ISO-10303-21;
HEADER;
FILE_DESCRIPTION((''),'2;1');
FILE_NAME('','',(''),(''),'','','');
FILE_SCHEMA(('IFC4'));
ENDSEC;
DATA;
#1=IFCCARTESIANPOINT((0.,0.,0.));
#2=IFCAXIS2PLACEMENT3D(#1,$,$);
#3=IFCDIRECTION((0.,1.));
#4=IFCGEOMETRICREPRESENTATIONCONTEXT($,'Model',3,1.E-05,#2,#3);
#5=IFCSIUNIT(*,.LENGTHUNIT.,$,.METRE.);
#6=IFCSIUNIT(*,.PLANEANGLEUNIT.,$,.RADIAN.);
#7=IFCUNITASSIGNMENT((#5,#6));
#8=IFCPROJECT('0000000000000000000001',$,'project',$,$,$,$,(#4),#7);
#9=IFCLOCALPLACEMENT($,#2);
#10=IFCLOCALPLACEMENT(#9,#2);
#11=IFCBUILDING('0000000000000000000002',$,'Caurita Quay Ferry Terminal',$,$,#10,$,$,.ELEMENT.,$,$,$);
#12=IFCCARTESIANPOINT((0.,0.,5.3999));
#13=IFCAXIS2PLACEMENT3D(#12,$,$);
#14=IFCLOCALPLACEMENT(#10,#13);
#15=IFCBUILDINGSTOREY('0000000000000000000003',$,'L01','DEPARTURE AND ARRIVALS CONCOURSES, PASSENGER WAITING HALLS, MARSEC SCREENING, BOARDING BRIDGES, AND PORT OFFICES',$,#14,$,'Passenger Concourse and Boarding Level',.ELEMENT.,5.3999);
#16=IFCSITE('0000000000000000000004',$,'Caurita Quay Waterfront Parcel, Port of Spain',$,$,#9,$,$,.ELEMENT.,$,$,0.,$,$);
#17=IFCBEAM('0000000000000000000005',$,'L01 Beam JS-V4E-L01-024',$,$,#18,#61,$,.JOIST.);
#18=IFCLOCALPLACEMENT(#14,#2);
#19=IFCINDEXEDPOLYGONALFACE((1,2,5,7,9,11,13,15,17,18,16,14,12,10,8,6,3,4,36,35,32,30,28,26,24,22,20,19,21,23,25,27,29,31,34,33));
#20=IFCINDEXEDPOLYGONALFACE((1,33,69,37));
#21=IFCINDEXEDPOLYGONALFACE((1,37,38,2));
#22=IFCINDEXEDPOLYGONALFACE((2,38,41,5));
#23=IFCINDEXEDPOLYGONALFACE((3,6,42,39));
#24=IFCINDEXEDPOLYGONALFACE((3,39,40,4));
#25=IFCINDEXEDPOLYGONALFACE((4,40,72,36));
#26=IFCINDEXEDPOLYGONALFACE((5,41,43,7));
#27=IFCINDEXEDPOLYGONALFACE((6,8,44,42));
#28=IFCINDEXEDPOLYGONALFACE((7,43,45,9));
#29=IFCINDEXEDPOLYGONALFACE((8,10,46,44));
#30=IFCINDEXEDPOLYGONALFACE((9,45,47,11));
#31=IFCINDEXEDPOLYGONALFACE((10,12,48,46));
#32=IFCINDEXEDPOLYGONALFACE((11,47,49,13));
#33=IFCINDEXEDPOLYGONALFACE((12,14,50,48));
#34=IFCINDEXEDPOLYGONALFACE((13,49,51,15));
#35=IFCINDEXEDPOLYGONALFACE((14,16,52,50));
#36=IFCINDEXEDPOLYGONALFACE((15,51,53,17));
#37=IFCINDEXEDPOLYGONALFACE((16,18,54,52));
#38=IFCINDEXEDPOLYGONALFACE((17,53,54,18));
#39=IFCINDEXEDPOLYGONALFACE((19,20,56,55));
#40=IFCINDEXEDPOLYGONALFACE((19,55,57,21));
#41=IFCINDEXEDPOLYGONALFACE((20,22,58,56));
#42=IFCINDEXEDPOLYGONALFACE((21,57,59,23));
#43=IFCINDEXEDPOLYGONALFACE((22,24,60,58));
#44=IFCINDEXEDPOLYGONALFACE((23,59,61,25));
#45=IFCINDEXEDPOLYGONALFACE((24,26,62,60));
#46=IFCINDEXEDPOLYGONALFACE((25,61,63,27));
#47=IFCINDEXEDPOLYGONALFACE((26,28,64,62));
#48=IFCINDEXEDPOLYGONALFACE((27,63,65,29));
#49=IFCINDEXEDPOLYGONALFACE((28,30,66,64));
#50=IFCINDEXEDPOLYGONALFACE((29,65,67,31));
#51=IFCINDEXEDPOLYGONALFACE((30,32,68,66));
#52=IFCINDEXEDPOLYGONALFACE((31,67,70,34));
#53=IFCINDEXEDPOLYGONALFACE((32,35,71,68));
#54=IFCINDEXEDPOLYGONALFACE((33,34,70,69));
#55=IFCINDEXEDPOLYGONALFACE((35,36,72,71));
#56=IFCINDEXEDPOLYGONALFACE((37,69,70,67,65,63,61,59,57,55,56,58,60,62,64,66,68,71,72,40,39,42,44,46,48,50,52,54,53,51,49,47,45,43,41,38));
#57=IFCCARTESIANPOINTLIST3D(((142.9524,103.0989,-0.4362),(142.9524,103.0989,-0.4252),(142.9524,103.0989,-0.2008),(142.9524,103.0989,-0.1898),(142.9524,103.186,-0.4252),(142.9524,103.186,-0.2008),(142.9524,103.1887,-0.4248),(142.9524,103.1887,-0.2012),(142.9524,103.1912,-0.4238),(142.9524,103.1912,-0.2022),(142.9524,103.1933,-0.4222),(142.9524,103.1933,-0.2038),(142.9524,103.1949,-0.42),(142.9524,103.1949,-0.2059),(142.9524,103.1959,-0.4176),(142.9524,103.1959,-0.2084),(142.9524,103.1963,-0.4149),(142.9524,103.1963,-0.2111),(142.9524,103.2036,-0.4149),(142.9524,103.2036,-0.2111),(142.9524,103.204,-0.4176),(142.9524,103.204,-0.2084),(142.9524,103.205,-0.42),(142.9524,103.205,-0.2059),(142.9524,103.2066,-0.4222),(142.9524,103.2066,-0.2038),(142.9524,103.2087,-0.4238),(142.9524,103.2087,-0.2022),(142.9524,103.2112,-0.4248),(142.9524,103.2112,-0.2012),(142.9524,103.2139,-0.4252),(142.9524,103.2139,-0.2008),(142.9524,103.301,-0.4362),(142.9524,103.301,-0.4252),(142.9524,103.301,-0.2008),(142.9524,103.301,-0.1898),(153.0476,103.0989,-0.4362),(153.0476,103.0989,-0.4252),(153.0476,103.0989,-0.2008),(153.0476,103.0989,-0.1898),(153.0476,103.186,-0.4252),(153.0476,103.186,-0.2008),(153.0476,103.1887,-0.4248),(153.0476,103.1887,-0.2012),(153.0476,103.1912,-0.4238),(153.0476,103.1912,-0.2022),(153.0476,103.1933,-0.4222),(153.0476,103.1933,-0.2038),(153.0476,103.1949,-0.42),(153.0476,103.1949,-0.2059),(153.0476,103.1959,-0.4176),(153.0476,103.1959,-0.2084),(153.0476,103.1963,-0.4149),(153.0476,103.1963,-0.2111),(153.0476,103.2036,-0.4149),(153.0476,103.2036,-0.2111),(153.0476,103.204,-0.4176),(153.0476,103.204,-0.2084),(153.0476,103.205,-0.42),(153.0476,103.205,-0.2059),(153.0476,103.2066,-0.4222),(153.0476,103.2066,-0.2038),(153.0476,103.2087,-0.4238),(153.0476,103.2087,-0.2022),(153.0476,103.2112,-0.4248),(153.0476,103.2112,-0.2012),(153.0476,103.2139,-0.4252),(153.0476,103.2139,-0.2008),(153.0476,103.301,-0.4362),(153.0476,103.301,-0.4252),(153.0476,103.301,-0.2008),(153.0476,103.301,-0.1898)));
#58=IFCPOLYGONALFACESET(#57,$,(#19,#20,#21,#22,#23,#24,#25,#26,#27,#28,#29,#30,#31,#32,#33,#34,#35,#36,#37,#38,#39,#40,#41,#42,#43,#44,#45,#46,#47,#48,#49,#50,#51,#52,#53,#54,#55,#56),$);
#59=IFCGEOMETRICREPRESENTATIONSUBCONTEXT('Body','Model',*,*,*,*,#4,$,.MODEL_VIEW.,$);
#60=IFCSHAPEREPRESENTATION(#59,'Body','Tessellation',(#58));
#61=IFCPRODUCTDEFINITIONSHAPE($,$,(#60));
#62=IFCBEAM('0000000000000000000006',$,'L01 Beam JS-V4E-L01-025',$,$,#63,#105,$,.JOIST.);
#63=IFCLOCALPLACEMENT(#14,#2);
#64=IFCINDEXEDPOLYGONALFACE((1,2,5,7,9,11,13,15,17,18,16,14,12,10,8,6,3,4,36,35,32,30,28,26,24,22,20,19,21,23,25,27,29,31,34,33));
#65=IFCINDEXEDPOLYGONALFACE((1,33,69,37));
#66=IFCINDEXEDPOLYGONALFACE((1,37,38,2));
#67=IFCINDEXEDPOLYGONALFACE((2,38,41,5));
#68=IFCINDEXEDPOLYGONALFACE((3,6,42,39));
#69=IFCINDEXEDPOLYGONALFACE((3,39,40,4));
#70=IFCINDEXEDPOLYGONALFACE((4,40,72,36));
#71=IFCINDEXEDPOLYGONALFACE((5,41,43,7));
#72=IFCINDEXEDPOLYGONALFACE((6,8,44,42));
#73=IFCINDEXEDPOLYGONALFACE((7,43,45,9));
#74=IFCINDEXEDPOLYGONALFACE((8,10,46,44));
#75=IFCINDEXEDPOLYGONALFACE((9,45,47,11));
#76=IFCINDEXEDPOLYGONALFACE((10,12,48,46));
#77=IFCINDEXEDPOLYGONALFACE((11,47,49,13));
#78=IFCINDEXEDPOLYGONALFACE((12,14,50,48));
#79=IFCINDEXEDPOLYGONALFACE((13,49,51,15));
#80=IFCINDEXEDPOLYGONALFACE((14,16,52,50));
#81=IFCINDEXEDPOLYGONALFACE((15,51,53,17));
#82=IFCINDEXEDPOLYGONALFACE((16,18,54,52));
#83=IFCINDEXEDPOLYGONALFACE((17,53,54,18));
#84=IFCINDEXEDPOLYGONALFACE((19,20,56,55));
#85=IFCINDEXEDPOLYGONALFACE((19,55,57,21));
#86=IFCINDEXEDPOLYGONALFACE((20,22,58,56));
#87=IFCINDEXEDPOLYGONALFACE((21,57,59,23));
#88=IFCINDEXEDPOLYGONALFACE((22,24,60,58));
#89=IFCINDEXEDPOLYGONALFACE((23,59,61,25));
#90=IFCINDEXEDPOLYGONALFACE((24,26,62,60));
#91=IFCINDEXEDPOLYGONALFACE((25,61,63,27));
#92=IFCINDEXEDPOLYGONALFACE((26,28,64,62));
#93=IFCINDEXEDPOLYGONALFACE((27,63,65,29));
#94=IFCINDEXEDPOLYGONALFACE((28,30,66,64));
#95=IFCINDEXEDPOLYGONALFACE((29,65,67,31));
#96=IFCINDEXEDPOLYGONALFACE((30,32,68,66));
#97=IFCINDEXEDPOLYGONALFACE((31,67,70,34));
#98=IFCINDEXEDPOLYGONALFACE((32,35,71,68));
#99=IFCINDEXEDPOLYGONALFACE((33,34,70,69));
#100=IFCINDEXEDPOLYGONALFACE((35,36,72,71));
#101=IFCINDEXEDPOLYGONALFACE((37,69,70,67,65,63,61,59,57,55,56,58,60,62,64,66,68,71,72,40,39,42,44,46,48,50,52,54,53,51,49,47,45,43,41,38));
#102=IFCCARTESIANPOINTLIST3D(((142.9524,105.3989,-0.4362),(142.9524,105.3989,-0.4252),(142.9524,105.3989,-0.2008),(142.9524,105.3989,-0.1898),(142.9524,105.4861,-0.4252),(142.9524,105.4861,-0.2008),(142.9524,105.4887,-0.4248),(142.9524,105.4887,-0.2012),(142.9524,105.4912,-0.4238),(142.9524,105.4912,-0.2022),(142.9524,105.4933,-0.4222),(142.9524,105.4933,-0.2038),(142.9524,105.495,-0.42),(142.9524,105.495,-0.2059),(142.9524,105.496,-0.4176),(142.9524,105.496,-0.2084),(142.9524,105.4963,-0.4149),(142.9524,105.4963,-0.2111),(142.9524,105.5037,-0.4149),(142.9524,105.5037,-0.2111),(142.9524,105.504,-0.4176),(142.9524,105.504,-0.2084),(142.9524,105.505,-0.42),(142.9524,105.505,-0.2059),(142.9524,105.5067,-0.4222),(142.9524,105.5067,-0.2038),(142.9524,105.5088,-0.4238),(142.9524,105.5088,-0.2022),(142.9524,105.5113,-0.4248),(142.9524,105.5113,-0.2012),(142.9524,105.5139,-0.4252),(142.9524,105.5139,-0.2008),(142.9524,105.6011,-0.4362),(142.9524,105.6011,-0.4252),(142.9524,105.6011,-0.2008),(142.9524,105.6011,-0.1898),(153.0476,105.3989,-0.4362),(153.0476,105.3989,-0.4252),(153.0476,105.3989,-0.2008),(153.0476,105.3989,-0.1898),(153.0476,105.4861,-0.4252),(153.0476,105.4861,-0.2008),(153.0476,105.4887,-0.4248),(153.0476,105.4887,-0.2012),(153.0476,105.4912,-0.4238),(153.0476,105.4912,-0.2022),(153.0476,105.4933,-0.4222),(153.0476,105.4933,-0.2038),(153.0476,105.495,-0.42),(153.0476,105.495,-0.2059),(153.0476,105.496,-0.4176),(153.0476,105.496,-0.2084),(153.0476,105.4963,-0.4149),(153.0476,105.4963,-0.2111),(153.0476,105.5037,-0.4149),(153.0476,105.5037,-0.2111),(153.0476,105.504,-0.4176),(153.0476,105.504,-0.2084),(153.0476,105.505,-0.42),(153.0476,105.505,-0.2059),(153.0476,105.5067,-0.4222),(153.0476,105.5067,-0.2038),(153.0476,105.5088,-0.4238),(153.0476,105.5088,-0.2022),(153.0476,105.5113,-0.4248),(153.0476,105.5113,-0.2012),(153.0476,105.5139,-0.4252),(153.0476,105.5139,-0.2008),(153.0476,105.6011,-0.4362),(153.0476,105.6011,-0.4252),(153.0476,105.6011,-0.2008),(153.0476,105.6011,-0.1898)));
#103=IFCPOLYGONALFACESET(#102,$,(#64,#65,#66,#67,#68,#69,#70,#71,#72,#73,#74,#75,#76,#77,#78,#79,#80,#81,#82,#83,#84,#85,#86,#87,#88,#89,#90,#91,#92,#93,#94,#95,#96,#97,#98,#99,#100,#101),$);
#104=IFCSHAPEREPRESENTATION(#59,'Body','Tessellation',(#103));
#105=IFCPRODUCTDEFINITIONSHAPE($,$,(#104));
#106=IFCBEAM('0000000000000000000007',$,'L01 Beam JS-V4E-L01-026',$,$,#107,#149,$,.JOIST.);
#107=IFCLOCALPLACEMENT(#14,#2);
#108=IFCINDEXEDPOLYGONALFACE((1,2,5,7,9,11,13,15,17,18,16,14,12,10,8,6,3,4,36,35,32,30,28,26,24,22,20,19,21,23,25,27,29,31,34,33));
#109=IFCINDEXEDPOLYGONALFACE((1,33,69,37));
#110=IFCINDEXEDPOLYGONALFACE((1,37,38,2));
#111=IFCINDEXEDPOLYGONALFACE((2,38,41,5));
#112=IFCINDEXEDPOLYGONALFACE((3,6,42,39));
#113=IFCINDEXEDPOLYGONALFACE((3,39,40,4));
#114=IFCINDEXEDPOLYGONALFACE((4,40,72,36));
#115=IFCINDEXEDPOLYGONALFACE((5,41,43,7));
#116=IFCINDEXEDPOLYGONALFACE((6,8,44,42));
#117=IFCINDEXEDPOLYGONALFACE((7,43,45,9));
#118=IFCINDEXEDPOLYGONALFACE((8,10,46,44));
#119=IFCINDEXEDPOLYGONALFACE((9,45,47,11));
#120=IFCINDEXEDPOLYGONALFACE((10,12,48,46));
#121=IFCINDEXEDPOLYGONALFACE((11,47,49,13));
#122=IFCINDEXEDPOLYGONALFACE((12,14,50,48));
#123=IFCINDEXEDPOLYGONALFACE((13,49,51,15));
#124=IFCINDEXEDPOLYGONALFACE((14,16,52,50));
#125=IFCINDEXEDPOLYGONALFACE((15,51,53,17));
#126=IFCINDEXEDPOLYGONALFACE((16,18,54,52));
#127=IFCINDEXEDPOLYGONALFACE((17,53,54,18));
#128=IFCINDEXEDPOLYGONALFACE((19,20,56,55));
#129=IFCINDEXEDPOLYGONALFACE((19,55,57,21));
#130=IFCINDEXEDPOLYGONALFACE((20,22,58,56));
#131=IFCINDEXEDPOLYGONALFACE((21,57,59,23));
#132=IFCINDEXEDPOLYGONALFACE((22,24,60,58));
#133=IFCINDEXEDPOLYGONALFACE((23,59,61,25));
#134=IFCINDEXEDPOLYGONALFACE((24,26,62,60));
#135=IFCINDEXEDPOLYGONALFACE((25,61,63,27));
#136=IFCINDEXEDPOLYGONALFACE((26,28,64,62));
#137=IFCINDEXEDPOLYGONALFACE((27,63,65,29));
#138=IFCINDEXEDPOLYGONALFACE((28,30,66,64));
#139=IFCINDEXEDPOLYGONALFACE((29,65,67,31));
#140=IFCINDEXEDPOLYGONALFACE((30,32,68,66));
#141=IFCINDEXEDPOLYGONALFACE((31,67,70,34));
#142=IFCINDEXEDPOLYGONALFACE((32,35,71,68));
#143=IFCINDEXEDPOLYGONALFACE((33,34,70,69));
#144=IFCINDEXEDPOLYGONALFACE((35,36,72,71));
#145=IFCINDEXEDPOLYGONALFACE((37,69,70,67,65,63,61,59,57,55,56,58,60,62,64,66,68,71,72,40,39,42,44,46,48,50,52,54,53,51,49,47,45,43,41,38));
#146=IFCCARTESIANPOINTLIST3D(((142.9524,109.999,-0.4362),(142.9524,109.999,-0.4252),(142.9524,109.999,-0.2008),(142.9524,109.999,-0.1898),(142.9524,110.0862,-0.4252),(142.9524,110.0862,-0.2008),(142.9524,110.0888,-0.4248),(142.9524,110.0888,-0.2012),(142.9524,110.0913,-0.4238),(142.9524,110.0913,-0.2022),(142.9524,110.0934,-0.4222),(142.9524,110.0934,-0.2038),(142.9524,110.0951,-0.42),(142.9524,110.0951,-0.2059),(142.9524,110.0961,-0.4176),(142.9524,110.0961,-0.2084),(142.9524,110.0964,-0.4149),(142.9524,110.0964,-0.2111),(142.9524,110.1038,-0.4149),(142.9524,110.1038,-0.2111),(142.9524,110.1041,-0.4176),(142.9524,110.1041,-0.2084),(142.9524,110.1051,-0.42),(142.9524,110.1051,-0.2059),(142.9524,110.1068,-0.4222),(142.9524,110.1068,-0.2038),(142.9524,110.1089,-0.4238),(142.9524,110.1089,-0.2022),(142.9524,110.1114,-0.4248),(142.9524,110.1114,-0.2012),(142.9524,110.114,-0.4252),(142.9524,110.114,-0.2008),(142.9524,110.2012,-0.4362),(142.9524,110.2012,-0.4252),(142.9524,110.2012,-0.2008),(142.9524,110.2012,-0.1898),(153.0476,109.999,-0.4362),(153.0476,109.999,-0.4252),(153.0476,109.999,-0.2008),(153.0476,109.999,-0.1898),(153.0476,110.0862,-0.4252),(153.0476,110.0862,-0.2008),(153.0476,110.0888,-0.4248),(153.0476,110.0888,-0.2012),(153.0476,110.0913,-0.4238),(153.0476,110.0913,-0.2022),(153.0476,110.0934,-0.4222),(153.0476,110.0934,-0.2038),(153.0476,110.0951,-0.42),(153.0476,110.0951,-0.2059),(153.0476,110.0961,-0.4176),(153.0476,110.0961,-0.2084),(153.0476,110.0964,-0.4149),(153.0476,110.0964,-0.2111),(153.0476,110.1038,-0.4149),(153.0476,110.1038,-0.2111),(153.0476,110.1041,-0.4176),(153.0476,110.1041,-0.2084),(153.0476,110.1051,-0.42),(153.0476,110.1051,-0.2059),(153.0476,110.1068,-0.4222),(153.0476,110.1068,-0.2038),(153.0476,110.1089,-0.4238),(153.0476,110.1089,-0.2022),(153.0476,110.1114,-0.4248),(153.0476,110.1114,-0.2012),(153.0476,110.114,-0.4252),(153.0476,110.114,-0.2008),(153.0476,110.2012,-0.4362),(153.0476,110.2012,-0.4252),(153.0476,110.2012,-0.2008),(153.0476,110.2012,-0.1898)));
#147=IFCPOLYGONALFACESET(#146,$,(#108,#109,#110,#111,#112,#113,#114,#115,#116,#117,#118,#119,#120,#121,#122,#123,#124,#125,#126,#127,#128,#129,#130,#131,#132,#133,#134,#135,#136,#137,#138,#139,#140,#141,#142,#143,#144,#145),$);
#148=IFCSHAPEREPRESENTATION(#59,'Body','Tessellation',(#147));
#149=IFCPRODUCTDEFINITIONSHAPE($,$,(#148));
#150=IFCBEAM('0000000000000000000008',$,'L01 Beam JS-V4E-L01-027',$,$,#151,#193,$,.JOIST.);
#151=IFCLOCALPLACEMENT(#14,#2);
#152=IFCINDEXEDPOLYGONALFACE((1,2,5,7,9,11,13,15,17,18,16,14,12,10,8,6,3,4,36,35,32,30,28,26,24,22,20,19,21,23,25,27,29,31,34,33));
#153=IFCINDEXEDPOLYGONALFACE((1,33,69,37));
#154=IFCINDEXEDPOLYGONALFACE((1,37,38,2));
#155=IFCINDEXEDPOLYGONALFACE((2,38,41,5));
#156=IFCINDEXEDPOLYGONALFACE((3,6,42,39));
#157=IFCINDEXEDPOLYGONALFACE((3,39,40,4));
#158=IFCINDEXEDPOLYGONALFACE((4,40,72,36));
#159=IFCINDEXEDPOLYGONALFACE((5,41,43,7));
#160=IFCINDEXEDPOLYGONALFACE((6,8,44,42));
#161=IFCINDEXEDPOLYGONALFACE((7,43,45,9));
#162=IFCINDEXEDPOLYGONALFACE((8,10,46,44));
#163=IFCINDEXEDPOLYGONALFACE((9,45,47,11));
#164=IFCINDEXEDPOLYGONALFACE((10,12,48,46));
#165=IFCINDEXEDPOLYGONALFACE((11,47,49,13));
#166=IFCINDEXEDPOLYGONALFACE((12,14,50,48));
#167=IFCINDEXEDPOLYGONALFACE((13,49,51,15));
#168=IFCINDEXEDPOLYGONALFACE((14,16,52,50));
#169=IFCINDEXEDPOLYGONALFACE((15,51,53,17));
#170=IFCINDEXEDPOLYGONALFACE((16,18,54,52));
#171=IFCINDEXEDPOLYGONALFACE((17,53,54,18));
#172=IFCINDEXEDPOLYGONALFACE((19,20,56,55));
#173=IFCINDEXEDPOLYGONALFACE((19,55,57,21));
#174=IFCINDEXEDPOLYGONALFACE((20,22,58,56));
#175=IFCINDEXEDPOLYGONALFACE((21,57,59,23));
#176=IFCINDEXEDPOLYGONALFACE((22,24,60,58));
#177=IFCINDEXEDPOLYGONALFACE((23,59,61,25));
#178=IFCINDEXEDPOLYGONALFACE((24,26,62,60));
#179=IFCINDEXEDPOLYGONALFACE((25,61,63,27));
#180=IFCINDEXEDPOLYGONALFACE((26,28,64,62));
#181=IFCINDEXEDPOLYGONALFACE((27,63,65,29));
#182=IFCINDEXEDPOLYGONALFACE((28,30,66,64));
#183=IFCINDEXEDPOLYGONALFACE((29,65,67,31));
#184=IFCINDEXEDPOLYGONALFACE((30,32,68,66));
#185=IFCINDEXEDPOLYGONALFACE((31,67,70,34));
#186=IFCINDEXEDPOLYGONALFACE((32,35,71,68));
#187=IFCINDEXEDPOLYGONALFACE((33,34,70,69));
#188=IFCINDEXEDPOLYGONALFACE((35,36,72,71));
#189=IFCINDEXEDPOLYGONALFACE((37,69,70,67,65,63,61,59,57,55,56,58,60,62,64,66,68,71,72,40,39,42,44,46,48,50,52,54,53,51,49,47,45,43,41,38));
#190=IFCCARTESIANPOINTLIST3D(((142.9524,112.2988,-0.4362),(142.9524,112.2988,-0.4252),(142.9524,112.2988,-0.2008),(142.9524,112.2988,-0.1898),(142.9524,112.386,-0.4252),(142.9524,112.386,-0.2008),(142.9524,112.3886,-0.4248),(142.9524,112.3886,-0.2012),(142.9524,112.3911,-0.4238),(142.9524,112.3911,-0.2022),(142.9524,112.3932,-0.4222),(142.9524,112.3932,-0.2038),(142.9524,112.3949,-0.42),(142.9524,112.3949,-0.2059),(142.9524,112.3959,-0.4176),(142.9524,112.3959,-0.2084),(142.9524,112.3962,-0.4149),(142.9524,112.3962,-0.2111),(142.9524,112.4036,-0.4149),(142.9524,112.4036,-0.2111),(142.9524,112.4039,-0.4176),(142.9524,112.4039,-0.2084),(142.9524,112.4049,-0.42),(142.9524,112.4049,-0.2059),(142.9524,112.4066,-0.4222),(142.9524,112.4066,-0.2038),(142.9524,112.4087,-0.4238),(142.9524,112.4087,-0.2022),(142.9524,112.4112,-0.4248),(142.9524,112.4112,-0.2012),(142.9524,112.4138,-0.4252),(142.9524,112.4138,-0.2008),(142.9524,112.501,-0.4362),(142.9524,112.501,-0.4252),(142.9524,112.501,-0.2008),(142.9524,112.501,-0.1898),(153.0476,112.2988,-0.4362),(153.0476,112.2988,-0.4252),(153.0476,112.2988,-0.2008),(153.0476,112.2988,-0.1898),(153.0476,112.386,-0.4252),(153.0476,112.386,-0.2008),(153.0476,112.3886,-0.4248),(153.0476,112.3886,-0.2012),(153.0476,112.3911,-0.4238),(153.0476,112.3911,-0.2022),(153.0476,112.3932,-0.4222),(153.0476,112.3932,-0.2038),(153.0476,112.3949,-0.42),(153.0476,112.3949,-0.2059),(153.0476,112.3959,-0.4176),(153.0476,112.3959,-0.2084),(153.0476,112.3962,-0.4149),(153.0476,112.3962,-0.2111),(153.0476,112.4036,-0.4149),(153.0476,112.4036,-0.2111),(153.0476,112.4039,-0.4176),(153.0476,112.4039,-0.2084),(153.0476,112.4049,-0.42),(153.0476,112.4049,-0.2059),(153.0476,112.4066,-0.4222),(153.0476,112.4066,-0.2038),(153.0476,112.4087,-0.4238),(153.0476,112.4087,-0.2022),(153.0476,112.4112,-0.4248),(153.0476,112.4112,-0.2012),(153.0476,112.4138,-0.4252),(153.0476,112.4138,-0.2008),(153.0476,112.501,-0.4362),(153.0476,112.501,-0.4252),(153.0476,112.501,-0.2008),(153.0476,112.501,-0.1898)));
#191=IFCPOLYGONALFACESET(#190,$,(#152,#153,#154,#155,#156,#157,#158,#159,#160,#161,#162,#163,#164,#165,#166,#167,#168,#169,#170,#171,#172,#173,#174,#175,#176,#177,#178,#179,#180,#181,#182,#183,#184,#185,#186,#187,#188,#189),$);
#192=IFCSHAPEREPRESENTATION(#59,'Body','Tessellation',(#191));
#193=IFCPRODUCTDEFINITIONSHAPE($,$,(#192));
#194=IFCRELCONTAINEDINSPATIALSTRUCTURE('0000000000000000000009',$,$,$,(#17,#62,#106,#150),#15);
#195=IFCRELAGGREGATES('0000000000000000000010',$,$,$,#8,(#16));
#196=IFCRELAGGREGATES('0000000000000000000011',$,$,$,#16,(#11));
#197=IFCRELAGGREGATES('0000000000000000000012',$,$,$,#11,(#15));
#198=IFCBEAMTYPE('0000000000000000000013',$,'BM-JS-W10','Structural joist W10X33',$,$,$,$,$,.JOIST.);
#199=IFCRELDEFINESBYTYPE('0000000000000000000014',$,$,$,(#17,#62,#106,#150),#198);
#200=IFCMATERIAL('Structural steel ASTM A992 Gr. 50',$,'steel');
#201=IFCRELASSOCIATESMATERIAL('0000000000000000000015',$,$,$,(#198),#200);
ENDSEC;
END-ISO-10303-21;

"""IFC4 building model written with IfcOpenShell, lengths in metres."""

from ifc_helpers import new_model, si_unit, direction, frame, origin, origin_2d, place, context, subcontext, project, spatial, i_section, extrude, material, material_profile, profile_set, type_object, element, save


model = new_model("IFC4")

# Units and contexts
model_context = context("Model", 3, precision=1e-05, world=origin(), true_north=direction((0.0, 1.0)))
body_context = subcontext(model_context, "Body", "Model", "MODEL_VIEW")
ifc_project = project(units=[si_unit("LENGTHUNIT", "METRE"), si_unit("PLANEANGLEUNIT", "RADIAN")], contexts=[model_context])

# Site, building, storey
site_placement = place(None, origin())
site = spatial("IfcSite", under=ifc_project, at=site_placement, Name="Caurita Quay Waterfront Parcel, Port of Spain", CompositionType="ELEMENT", RefElevation=0.0)
building_placement = place(site_placement, origin())
building = spatial("IfcBuilding", under=site, at=building_placement, Name="Caurita Quay Ferry Terminal", CompositionType="ELEMENT")
storey_placement = place(building_placement, frame((0.0, 0.0, 5.3999)))
storey = spatial("IfcBuildingStorey", under=building, at=storey_placement, Name="L01", Description="DEPARTURE AND ARRIVALS CONCOURSES, PASSENGER WAITING HALLS, MARSEC SCREENING, BOARDING BRIDGES, AND PORT OFFICES", LongName="Passenger Concourse and Boarding Level", CompositionType="ELEMENT", Elevation=5.3999)

# Beams
ifc_material_1 = material(Name="Structural steel ASTM A992 Gr. 50", Category="steel")
ifc_material_profile_1 = material_profile(ifc_material_1, i_section(OverallWidth=0.2021, OverallDepth=0.2463, WebThickness=0.0073, FlangeThickness=0.011, FilletRadius=0.0103, at=origin_2d()), Name="W10X33")
ifc_profile_set_1 = profile_set([ifc_material_profile_1], Name="Structural steel ASTM A992 Gr. 50")
beam_type_1 = type_object("IfcBeamType", Name="BM-JS-W10", Description="Structural joist W10X33", PredefinedType="JOIST", material=ifc_profile_set_1)
for number, where, z_axis, x_axis, name in (
    (1, (142.9524, 103.2, -0.313), (1.0, 0.0, 0.0), (0.0, 1.0, 0.0), "L01 Beam JS-V4E-L01-024"),
    (2, (142.9524, 105.5, -0.313), (1.0, 0.0, 0.0), (0.0, 1.0, 0.0), "L01 Beam JS-V4E-L01-025"),
    (3, (142.9524, 110.1001, -0.313), (1.0, 0.0, 0.0), (0.0, 1.0, 0.0), "L01 Beam JS-V4E-L01-026"),
    (4, (142.9524, 112.3999, -0.313), (1.0, 0.0, 0.0), (0.0, 1.0, 0.0), "L01 Beam JS-V4E-L01-027"),
):
    element("IfcBeam", number, at=place(storey_placement, frame(where, z_axis=z_axis, x_axis=x_axis)), inside=storey, type_object=beam_type_1, Name=name, PredefinedType="JOIST", context=body_context, shape_type="SweptSolid", body=[
        extrude(i_section(OverallWidth=0.2021, OverallDepth=0.2463, WebThickness=0.0073, FlangeThickness=0.011, FilletRadius=0.0103, at=origin_2d()), origin(), (0.0, 0.0, 1.0), 10.0952),
    ])

save(model, "model.ifc")
